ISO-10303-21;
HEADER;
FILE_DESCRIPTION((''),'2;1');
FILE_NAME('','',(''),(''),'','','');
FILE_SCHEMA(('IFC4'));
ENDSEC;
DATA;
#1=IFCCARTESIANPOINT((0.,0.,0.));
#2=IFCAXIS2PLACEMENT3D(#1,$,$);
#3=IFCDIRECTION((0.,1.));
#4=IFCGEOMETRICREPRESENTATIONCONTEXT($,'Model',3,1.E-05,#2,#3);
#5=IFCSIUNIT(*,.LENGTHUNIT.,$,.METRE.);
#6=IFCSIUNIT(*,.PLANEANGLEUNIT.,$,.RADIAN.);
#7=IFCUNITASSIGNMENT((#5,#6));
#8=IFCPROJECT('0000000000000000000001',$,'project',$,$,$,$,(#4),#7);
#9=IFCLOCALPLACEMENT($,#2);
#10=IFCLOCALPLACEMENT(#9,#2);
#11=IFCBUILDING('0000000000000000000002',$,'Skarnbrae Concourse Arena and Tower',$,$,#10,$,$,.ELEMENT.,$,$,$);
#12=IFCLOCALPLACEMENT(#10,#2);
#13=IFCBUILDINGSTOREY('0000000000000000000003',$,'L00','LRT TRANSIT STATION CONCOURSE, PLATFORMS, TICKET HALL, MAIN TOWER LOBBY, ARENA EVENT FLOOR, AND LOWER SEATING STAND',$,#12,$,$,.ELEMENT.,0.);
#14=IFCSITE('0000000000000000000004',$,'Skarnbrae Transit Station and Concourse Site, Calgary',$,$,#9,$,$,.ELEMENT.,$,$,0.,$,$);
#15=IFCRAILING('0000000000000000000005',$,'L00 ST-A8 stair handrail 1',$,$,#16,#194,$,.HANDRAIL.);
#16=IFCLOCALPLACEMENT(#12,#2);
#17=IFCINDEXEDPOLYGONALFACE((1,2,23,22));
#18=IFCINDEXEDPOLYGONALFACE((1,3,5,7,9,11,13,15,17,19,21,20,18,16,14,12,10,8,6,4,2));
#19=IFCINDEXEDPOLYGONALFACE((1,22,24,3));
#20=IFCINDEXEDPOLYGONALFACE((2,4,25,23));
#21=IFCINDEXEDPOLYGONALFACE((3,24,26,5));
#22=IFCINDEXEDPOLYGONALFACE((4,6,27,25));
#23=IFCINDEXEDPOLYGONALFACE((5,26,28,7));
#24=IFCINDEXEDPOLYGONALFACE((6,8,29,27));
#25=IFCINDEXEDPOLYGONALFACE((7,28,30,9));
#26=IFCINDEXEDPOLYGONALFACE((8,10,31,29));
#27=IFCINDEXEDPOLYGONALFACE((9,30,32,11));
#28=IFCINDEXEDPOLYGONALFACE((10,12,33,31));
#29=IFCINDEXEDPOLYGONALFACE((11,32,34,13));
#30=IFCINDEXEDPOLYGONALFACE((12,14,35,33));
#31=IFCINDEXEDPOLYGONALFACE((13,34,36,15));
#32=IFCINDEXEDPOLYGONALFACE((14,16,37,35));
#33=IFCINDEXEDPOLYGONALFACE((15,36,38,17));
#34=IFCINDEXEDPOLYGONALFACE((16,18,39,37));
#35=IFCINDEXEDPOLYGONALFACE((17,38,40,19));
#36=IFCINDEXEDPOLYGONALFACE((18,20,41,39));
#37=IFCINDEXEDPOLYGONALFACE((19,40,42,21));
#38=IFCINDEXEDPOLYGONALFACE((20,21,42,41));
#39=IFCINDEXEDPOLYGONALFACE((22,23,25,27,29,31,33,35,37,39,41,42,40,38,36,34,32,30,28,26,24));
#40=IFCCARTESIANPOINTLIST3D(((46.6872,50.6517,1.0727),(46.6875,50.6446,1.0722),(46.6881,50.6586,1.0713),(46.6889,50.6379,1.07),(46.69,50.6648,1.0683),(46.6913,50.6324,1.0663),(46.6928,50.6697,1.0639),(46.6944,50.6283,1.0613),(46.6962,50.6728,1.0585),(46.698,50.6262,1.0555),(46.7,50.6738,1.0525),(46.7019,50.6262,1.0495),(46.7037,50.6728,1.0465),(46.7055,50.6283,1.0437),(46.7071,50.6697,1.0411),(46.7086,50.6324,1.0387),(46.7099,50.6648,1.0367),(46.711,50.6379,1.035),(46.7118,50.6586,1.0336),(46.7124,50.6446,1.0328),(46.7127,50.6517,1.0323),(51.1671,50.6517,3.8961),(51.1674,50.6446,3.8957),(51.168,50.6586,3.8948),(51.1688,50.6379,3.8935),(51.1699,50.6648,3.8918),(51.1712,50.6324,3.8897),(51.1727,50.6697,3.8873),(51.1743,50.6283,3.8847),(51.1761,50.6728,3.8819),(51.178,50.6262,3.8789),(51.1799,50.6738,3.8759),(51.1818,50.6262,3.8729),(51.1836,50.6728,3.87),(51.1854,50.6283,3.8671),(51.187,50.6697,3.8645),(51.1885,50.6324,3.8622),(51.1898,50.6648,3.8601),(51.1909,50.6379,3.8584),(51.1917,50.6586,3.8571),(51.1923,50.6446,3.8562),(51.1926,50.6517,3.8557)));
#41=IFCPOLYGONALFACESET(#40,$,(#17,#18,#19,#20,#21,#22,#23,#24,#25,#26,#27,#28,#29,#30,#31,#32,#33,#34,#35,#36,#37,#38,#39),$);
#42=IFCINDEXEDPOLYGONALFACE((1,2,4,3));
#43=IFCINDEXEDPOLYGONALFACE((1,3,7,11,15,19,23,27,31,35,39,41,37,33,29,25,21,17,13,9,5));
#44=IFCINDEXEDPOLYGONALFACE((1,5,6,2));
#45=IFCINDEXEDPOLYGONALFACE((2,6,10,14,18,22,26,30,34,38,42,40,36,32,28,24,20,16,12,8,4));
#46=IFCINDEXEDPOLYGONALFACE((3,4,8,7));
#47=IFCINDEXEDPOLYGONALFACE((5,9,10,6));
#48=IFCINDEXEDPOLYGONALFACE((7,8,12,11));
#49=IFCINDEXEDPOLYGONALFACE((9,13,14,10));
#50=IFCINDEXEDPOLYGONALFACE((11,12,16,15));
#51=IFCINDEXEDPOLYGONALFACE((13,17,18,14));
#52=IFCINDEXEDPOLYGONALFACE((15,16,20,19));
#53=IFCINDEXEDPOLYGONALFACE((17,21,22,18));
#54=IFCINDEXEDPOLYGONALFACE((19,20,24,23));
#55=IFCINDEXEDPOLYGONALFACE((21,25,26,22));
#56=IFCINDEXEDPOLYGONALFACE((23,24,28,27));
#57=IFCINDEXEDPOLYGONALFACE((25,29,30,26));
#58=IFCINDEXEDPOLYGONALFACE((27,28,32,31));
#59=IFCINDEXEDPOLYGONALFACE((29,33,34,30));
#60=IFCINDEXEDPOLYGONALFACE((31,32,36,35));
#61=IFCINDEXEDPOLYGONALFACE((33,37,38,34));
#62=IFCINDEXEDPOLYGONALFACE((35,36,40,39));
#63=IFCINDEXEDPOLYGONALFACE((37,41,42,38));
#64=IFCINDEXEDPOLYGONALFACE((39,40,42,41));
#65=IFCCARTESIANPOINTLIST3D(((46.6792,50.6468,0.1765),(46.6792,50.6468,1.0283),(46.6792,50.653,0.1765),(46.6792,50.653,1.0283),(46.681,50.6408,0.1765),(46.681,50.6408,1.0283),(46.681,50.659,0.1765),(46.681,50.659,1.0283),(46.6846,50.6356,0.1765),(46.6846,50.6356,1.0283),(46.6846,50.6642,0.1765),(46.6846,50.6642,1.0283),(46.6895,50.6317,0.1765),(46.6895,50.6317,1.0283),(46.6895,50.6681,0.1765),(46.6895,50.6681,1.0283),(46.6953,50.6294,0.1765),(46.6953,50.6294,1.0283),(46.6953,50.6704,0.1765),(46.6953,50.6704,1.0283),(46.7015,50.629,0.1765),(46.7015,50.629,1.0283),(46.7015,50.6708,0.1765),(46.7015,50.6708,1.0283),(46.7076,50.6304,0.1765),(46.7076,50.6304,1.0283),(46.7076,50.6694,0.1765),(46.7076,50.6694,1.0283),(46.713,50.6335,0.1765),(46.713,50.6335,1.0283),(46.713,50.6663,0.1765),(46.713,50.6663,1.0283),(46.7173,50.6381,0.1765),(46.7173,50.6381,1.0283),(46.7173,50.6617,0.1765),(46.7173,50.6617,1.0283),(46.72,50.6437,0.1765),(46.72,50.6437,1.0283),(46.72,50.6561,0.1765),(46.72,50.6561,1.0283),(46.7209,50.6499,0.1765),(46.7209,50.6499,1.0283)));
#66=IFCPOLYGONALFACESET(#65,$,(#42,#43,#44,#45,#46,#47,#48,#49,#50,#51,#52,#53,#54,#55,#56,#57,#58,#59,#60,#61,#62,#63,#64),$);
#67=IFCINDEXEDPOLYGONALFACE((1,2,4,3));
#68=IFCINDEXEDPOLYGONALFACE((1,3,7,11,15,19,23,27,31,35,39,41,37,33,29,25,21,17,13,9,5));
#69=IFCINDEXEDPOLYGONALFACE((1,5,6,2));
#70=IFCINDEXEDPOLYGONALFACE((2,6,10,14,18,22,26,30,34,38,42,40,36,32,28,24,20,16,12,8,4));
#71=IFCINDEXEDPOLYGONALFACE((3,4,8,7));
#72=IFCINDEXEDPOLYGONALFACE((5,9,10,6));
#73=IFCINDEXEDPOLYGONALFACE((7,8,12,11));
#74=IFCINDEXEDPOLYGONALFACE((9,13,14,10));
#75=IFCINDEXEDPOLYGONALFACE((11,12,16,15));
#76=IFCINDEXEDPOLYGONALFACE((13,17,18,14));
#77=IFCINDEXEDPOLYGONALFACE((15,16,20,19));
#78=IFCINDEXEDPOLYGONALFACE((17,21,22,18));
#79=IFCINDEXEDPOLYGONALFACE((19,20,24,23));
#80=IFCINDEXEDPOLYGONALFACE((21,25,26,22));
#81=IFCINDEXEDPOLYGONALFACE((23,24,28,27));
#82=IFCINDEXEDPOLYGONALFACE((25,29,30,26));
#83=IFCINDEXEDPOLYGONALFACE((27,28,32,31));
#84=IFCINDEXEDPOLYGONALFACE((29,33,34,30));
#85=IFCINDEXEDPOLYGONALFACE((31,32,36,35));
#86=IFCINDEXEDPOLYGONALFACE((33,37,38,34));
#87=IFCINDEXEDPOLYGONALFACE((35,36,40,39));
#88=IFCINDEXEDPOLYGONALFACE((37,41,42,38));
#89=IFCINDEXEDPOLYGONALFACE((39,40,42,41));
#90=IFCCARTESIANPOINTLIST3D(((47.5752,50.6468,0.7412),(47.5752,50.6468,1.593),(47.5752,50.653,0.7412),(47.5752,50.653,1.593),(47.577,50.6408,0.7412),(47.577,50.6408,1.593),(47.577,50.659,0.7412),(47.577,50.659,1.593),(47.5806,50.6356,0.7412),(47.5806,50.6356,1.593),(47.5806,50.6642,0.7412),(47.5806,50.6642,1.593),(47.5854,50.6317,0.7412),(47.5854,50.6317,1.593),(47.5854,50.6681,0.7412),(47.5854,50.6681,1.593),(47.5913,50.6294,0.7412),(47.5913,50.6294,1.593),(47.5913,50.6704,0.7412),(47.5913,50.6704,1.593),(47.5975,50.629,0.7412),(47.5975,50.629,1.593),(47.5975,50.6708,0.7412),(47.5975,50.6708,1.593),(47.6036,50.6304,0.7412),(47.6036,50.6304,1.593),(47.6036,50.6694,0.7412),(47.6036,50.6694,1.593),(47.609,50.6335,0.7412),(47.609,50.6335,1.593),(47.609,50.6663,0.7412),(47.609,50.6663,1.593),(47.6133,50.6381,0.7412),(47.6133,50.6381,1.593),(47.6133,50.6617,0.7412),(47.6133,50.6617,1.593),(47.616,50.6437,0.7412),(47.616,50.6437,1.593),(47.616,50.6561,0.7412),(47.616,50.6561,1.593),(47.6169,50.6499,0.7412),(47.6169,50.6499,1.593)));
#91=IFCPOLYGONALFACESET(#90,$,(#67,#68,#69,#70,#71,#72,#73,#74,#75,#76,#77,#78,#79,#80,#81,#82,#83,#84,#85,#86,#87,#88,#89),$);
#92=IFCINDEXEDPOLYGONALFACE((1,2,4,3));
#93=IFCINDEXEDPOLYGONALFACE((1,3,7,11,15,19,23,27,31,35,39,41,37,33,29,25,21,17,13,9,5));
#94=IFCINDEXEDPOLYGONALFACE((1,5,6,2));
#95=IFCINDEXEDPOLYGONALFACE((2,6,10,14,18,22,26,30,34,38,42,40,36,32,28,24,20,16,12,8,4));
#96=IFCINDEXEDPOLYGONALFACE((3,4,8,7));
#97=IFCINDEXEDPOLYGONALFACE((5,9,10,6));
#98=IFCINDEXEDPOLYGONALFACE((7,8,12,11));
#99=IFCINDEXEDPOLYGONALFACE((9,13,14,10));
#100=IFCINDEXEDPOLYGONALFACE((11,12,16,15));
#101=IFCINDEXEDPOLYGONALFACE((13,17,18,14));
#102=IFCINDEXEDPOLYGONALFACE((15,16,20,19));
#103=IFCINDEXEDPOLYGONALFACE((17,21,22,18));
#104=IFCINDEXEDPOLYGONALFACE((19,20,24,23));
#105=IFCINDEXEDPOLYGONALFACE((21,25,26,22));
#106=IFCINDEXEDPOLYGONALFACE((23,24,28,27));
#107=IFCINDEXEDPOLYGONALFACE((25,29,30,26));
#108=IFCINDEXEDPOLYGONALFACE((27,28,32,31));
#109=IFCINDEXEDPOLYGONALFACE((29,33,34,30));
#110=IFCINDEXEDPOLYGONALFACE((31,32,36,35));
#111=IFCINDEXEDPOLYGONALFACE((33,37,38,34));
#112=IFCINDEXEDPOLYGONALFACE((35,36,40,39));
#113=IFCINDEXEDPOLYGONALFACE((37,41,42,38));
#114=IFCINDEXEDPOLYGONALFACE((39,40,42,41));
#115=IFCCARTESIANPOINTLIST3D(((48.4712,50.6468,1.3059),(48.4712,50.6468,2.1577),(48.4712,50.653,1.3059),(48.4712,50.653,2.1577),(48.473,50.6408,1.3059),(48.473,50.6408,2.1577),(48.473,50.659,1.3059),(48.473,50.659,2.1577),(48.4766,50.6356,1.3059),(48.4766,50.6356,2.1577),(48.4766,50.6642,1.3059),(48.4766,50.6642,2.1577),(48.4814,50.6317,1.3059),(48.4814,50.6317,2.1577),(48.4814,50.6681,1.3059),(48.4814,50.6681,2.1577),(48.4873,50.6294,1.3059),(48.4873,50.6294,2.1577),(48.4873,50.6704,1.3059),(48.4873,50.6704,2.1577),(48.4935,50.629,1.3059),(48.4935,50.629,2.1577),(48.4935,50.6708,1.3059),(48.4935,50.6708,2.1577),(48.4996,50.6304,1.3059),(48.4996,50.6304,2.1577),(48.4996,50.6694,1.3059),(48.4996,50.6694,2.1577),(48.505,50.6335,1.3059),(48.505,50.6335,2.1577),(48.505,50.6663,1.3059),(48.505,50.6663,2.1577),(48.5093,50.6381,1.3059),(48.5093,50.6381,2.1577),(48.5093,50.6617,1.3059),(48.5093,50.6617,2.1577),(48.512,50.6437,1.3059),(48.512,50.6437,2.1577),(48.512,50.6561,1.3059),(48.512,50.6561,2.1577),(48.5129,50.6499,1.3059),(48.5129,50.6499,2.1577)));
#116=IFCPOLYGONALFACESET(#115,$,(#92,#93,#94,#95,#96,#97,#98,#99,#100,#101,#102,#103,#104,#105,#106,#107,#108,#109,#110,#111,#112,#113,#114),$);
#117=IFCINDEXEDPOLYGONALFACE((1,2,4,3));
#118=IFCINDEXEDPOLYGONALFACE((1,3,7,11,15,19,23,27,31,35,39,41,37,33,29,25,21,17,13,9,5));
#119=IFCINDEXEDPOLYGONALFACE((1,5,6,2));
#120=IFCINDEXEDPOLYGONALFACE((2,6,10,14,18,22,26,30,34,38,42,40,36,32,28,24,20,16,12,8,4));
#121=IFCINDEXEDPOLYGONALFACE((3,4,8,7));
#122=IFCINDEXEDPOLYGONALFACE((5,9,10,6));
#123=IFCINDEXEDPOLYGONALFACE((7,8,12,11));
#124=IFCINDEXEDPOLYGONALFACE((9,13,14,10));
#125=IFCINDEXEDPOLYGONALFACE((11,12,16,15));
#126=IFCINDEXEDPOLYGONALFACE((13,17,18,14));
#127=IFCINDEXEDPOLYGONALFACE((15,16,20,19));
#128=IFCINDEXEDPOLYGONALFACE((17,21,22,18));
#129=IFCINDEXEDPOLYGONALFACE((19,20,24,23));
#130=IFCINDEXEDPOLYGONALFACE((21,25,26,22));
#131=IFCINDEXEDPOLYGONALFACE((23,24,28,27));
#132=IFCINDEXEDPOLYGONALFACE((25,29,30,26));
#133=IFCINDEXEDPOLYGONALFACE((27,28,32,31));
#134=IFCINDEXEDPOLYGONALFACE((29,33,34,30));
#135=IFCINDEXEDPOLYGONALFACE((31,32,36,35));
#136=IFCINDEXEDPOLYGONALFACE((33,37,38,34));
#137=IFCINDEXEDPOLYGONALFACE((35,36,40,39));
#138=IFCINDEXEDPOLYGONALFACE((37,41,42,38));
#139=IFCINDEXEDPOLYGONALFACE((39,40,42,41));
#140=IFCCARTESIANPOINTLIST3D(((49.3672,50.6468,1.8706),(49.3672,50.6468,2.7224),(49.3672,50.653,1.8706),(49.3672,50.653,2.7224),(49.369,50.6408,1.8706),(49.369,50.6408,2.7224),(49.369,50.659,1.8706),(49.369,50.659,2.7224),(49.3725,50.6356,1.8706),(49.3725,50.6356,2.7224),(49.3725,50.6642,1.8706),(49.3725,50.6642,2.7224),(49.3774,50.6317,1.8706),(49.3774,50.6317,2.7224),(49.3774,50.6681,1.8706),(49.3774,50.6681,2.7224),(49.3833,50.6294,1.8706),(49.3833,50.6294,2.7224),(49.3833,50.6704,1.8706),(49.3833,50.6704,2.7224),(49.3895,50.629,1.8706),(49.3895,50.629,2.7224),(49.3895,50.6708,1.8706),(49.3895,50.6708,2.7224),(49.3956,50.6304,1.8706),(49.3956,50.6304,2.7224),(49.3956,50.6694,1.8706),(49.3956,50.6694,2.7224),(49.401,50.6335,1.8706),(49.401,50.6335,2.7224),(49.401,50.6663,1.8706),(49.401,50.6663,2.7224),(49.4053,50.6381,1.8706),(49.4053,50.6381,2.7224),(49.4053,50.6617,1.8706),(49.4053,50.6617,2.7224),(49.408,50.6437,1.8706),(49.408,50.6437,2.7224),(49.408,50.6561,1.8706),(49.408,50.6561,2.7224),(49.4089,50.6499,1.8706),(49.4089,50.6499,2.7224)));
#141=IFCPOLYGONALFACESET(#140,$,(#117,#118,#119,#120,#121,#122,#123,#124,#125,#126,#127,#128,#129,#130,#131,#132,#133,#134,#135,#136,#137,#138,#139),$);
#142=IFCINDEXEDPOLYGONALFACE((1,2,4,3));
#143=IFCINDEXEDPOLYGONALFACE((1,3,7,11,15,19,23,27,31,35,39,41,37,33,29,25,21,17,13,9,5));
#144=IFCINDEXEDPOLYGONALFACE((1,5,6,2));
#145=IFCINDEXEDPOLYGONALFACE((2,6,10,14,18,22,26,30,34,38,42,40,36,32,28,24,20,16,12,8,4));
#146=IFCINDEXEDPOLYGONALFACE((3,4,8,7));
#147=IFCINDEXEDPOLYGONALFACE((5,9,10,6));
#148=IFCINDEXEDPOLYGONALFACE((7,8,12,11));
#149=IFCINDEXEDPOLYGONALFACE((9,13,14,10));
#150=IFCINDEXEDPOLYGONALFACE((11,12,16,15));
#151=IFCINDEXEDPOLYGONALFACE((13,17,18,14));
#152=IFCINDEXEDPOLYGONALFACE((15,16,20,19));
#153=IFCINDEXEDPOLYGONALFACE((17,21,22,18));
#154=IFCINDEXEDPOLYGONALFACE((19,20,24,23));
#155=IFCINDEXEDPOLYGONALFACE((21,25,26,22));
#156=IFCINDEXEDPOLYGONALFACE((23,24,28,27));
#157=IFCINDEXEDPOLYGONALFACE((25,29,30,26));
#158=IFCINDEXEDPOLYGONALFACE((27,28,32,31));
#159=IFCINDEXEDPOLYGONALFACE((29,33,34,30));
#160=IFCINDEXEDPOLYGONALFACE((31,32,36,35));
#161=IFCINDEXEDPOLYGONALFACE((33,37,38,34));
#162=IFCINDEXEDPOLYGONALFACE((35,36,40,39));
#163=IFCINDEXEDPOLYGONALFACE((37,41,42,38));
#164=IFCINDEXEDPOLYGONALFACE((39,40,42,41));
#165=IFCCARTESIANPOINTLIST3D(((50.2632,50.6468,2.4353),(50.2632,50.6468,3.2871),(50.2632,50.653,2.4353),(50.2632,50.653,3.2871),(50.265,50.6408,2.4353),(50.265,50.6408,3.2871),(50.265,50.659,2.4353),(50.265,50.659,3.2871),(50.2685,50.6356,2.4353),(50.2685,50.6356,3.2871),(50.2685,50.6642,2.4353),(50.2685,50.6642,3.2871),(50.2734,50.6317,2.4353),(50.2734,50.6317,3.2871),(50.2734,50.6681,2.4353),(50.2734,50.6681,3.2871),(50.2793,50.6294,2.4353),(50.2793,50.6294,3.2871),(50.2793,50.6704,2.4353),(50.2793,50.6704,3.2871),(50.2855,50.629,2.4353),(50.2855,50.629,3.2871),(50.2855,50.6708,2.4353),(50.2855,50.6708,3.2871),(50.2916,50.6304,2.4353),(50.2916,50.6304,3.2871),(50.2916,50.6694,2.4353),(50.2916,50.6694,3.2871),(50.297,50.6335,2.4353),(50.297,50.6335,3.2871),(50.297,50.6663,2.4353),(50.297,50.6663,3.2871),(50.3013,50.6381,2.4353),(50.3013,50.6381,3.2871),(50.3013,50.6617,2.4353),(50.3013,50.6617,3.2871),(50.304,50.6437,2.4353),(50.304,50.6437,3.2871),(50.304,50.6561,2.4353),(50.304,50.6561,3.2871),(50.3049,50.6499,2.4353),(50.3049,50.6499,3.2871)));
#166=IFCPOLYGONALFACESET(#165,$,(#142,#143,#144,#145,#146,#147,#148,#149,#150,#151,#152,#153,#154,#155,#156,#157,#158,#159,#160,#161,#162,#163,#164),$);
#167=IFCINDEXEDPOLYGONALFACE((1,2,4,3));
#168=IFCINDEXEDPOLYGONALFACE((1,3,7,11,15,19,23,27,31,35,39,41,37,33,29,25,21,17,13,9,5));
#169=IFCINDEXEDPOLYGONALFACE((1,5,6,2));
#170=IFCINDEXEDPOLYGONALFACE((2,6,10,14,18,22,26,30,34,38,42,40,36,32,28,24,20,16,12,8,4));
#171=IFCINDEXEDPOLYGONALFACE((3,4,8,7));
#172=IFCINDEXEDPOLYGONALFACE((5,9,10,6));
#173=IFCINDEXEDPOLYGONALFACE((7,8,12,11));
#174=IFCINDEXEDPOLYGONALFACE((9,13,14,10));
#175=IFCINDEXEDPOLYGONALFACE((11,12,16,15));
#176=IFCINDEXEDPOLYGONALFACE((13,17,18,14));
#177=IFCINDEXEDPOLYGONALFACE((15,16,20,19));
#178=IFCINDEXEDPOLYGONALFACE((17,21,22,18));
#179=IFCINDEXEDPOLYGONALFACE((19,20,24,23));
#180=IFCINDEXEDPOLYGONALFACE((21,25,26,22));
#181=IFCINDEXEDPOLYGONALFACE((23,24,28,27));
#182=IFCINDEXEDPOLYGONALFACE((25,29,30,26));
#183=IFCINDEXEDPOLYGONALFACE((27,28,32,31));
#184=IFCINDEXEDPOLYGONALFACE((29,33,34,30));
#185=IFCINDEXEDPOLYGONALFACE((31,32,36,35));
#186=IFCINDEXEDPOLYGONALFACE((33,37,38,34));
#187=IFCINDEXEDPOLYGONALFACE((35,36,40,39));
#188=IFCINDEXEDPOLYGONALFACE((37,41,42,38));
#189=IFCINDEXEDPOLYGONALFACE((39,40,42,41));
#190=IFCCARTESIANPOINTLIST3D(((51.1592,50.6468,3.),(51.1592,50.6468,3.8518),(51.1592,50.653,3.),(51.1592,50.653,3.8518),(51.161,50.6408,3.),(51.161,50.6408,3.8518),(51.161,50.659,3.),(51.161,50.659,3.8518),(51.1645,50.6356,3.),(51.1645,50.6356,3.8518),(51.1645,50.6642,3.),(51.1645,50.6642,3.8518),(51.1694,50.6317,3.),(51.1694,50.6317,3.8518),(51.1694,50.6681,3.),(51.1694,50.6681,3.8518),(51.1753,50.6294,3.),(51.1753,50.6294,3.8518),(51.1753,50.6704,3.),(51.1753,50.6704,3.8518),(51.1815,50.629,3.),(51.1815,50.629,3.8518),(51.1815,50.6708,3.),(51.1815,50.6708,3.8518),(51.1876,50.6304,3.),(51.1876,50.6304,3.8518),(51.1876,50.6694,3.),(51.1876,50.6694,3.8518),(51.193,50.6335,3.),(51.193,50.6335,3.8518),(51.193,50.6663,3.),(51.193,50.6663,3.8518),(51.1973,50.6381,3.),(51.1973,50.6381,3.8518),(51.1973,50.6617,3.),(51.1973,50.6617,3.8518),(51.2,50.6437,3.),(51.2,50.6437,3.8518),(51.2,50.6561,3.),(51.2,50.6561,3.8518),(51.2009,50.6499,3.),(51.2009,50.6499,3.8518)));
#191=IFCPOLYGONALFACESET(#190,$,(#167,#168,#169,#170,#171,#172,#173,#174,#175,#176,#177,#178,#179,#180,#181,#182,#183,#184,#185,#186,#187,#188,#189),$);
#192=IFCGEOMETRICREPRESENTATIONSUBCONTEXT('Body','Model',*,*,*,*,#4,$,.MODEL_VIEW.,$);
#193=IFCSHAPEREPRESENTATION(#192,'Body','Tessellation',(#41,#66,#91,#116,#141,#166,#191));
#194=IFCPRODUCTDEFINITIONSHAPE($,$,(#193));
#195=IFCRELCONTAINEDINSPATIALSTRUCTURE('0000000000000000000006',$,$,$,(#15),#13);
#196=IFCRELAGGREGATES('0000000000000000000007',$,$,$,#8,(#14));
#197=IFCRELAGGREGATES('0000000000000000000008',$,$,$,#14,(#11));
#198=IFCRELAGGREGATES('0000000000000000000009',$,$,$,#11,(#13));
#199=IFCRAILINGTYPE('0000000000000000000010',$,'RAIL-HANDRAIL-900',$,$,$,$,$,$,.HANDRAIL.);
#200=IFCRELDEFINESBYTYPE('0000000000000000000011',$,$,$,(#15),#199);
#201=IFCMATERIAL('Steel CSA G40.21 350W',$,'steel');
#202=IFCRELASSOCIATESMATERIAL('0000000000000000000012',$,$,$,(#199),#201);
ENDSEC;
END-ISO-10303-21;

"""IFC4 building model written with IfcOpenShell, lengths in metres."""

from ifc_helpers import new_model, si_unit, direction, frame, origin, origin_2d, place, context, subcontext, project, spatial, circle, extrude, material, type_object, element, save


model = new_model("IFC4")

# Units and contexts
model_context = context("Model", 3, precision=1e-05, world=origin(), true_north=direction((0.0, 1.0)))
body_context = subcontext(model_context, "Body", "Model", "MODEL_VIEW")
ifc_project = project(units=[si_unit("LENGTHUNIT", "METRE"), si_unit("PLANEANGLEUNIT", "RADIAN")], contexts=[model_context])

# Site, building, storey
site_placement = place(None, origin())
site = spatial("IfcSite", under=ifc_project, at=site_placement, Name="Skarnbrae Transit Station and Concourse Site, Calgary", CompositionType="ELEMENT", RefElevation=0.0)
building_placement = place(site_placement, origin())
building = spatial("IfcBuilding", under=site, at=building_placement, Name="Skarnbrae Concourse Arena and Tower", CompositionType="ELEMENT")
storey_placement = place(building_placement, origin())
storey = spatial("IfcBuildingStorey", under=building, at=storey_placement, Name="L00", Description="LRT TRANSIT STATION CONCOURSE, PLATFORMS, TICKET HALL, MAIN TOWER LOBBY, ARENA EVENT FLOOR, AND LOWER SEATING STAND", CompositionType="ELEMENT", Elevation=0.0)

# Shared definitions
ifc_material_1 = material(Name="Steel CSA G40.21 350W", Category="steel")

# Railing
railing_type_1 = type_object("IfcRailingType", Name="RAIL-HANDRAIL-900", PredefinedType="HANDRAIL", material=ifc_material_1)
railing_1_placement = place(storey_placement, frame((46.7, 50.6499, 0.1765)))
element("IfcRailing", 1, at=railing_1_placement, inside=storey, type_object=railing_type_1, Name="L00 ST-A8 stair handrail 1", PredefinedType="HANDRAIL", context=body_context, shape_type="SweptSolid", body=[
    extrude(circle(Radius=0.0239, at=origin_2d()), frame((0.0, 0.0, 0.876), z_axis=(0.845998, 0.0, 0.533186), x_axis=(0.0, 1.0, 0.0)), (0.0, 0.0, 1.0), 5.2954),
    extrude(circle(Radius=0.021, at=origin_2d()), origin(), (0.0, 0.0, 1.0), 0.8518),
    extrude(circle(Radius=0.021, at=origin_2d()), frame((0.896, 0.0, 0.5647)), (0.0, 0.0, 1.0), 0.8518),
    extrude(circle(Radius=0.021, at=origin_2d()), frame((1.792, 0.0, 1.1294)), (0.0, 0.0, 1.0), 0.8518),
    extrude(circle(Radius=0.021, at=origin_2d()), frame((2.688, 0.0, 1.6941)), (0.0, 0.0, 1.0), 0.8518),
    extrude(circle(Radius=0.021, at=origin_2d()), frame((3.584, 0.0, 2.2588)), (0.0, 0.0, 1.0), 0.8518),
    extrude(circle(Radius=0.021, at=origin_2d()), frame((4.48, 0.0, 2.8235)), (0.0, 0.0, 1.0), 0.8518),
])

save(model, "model.ifc")
